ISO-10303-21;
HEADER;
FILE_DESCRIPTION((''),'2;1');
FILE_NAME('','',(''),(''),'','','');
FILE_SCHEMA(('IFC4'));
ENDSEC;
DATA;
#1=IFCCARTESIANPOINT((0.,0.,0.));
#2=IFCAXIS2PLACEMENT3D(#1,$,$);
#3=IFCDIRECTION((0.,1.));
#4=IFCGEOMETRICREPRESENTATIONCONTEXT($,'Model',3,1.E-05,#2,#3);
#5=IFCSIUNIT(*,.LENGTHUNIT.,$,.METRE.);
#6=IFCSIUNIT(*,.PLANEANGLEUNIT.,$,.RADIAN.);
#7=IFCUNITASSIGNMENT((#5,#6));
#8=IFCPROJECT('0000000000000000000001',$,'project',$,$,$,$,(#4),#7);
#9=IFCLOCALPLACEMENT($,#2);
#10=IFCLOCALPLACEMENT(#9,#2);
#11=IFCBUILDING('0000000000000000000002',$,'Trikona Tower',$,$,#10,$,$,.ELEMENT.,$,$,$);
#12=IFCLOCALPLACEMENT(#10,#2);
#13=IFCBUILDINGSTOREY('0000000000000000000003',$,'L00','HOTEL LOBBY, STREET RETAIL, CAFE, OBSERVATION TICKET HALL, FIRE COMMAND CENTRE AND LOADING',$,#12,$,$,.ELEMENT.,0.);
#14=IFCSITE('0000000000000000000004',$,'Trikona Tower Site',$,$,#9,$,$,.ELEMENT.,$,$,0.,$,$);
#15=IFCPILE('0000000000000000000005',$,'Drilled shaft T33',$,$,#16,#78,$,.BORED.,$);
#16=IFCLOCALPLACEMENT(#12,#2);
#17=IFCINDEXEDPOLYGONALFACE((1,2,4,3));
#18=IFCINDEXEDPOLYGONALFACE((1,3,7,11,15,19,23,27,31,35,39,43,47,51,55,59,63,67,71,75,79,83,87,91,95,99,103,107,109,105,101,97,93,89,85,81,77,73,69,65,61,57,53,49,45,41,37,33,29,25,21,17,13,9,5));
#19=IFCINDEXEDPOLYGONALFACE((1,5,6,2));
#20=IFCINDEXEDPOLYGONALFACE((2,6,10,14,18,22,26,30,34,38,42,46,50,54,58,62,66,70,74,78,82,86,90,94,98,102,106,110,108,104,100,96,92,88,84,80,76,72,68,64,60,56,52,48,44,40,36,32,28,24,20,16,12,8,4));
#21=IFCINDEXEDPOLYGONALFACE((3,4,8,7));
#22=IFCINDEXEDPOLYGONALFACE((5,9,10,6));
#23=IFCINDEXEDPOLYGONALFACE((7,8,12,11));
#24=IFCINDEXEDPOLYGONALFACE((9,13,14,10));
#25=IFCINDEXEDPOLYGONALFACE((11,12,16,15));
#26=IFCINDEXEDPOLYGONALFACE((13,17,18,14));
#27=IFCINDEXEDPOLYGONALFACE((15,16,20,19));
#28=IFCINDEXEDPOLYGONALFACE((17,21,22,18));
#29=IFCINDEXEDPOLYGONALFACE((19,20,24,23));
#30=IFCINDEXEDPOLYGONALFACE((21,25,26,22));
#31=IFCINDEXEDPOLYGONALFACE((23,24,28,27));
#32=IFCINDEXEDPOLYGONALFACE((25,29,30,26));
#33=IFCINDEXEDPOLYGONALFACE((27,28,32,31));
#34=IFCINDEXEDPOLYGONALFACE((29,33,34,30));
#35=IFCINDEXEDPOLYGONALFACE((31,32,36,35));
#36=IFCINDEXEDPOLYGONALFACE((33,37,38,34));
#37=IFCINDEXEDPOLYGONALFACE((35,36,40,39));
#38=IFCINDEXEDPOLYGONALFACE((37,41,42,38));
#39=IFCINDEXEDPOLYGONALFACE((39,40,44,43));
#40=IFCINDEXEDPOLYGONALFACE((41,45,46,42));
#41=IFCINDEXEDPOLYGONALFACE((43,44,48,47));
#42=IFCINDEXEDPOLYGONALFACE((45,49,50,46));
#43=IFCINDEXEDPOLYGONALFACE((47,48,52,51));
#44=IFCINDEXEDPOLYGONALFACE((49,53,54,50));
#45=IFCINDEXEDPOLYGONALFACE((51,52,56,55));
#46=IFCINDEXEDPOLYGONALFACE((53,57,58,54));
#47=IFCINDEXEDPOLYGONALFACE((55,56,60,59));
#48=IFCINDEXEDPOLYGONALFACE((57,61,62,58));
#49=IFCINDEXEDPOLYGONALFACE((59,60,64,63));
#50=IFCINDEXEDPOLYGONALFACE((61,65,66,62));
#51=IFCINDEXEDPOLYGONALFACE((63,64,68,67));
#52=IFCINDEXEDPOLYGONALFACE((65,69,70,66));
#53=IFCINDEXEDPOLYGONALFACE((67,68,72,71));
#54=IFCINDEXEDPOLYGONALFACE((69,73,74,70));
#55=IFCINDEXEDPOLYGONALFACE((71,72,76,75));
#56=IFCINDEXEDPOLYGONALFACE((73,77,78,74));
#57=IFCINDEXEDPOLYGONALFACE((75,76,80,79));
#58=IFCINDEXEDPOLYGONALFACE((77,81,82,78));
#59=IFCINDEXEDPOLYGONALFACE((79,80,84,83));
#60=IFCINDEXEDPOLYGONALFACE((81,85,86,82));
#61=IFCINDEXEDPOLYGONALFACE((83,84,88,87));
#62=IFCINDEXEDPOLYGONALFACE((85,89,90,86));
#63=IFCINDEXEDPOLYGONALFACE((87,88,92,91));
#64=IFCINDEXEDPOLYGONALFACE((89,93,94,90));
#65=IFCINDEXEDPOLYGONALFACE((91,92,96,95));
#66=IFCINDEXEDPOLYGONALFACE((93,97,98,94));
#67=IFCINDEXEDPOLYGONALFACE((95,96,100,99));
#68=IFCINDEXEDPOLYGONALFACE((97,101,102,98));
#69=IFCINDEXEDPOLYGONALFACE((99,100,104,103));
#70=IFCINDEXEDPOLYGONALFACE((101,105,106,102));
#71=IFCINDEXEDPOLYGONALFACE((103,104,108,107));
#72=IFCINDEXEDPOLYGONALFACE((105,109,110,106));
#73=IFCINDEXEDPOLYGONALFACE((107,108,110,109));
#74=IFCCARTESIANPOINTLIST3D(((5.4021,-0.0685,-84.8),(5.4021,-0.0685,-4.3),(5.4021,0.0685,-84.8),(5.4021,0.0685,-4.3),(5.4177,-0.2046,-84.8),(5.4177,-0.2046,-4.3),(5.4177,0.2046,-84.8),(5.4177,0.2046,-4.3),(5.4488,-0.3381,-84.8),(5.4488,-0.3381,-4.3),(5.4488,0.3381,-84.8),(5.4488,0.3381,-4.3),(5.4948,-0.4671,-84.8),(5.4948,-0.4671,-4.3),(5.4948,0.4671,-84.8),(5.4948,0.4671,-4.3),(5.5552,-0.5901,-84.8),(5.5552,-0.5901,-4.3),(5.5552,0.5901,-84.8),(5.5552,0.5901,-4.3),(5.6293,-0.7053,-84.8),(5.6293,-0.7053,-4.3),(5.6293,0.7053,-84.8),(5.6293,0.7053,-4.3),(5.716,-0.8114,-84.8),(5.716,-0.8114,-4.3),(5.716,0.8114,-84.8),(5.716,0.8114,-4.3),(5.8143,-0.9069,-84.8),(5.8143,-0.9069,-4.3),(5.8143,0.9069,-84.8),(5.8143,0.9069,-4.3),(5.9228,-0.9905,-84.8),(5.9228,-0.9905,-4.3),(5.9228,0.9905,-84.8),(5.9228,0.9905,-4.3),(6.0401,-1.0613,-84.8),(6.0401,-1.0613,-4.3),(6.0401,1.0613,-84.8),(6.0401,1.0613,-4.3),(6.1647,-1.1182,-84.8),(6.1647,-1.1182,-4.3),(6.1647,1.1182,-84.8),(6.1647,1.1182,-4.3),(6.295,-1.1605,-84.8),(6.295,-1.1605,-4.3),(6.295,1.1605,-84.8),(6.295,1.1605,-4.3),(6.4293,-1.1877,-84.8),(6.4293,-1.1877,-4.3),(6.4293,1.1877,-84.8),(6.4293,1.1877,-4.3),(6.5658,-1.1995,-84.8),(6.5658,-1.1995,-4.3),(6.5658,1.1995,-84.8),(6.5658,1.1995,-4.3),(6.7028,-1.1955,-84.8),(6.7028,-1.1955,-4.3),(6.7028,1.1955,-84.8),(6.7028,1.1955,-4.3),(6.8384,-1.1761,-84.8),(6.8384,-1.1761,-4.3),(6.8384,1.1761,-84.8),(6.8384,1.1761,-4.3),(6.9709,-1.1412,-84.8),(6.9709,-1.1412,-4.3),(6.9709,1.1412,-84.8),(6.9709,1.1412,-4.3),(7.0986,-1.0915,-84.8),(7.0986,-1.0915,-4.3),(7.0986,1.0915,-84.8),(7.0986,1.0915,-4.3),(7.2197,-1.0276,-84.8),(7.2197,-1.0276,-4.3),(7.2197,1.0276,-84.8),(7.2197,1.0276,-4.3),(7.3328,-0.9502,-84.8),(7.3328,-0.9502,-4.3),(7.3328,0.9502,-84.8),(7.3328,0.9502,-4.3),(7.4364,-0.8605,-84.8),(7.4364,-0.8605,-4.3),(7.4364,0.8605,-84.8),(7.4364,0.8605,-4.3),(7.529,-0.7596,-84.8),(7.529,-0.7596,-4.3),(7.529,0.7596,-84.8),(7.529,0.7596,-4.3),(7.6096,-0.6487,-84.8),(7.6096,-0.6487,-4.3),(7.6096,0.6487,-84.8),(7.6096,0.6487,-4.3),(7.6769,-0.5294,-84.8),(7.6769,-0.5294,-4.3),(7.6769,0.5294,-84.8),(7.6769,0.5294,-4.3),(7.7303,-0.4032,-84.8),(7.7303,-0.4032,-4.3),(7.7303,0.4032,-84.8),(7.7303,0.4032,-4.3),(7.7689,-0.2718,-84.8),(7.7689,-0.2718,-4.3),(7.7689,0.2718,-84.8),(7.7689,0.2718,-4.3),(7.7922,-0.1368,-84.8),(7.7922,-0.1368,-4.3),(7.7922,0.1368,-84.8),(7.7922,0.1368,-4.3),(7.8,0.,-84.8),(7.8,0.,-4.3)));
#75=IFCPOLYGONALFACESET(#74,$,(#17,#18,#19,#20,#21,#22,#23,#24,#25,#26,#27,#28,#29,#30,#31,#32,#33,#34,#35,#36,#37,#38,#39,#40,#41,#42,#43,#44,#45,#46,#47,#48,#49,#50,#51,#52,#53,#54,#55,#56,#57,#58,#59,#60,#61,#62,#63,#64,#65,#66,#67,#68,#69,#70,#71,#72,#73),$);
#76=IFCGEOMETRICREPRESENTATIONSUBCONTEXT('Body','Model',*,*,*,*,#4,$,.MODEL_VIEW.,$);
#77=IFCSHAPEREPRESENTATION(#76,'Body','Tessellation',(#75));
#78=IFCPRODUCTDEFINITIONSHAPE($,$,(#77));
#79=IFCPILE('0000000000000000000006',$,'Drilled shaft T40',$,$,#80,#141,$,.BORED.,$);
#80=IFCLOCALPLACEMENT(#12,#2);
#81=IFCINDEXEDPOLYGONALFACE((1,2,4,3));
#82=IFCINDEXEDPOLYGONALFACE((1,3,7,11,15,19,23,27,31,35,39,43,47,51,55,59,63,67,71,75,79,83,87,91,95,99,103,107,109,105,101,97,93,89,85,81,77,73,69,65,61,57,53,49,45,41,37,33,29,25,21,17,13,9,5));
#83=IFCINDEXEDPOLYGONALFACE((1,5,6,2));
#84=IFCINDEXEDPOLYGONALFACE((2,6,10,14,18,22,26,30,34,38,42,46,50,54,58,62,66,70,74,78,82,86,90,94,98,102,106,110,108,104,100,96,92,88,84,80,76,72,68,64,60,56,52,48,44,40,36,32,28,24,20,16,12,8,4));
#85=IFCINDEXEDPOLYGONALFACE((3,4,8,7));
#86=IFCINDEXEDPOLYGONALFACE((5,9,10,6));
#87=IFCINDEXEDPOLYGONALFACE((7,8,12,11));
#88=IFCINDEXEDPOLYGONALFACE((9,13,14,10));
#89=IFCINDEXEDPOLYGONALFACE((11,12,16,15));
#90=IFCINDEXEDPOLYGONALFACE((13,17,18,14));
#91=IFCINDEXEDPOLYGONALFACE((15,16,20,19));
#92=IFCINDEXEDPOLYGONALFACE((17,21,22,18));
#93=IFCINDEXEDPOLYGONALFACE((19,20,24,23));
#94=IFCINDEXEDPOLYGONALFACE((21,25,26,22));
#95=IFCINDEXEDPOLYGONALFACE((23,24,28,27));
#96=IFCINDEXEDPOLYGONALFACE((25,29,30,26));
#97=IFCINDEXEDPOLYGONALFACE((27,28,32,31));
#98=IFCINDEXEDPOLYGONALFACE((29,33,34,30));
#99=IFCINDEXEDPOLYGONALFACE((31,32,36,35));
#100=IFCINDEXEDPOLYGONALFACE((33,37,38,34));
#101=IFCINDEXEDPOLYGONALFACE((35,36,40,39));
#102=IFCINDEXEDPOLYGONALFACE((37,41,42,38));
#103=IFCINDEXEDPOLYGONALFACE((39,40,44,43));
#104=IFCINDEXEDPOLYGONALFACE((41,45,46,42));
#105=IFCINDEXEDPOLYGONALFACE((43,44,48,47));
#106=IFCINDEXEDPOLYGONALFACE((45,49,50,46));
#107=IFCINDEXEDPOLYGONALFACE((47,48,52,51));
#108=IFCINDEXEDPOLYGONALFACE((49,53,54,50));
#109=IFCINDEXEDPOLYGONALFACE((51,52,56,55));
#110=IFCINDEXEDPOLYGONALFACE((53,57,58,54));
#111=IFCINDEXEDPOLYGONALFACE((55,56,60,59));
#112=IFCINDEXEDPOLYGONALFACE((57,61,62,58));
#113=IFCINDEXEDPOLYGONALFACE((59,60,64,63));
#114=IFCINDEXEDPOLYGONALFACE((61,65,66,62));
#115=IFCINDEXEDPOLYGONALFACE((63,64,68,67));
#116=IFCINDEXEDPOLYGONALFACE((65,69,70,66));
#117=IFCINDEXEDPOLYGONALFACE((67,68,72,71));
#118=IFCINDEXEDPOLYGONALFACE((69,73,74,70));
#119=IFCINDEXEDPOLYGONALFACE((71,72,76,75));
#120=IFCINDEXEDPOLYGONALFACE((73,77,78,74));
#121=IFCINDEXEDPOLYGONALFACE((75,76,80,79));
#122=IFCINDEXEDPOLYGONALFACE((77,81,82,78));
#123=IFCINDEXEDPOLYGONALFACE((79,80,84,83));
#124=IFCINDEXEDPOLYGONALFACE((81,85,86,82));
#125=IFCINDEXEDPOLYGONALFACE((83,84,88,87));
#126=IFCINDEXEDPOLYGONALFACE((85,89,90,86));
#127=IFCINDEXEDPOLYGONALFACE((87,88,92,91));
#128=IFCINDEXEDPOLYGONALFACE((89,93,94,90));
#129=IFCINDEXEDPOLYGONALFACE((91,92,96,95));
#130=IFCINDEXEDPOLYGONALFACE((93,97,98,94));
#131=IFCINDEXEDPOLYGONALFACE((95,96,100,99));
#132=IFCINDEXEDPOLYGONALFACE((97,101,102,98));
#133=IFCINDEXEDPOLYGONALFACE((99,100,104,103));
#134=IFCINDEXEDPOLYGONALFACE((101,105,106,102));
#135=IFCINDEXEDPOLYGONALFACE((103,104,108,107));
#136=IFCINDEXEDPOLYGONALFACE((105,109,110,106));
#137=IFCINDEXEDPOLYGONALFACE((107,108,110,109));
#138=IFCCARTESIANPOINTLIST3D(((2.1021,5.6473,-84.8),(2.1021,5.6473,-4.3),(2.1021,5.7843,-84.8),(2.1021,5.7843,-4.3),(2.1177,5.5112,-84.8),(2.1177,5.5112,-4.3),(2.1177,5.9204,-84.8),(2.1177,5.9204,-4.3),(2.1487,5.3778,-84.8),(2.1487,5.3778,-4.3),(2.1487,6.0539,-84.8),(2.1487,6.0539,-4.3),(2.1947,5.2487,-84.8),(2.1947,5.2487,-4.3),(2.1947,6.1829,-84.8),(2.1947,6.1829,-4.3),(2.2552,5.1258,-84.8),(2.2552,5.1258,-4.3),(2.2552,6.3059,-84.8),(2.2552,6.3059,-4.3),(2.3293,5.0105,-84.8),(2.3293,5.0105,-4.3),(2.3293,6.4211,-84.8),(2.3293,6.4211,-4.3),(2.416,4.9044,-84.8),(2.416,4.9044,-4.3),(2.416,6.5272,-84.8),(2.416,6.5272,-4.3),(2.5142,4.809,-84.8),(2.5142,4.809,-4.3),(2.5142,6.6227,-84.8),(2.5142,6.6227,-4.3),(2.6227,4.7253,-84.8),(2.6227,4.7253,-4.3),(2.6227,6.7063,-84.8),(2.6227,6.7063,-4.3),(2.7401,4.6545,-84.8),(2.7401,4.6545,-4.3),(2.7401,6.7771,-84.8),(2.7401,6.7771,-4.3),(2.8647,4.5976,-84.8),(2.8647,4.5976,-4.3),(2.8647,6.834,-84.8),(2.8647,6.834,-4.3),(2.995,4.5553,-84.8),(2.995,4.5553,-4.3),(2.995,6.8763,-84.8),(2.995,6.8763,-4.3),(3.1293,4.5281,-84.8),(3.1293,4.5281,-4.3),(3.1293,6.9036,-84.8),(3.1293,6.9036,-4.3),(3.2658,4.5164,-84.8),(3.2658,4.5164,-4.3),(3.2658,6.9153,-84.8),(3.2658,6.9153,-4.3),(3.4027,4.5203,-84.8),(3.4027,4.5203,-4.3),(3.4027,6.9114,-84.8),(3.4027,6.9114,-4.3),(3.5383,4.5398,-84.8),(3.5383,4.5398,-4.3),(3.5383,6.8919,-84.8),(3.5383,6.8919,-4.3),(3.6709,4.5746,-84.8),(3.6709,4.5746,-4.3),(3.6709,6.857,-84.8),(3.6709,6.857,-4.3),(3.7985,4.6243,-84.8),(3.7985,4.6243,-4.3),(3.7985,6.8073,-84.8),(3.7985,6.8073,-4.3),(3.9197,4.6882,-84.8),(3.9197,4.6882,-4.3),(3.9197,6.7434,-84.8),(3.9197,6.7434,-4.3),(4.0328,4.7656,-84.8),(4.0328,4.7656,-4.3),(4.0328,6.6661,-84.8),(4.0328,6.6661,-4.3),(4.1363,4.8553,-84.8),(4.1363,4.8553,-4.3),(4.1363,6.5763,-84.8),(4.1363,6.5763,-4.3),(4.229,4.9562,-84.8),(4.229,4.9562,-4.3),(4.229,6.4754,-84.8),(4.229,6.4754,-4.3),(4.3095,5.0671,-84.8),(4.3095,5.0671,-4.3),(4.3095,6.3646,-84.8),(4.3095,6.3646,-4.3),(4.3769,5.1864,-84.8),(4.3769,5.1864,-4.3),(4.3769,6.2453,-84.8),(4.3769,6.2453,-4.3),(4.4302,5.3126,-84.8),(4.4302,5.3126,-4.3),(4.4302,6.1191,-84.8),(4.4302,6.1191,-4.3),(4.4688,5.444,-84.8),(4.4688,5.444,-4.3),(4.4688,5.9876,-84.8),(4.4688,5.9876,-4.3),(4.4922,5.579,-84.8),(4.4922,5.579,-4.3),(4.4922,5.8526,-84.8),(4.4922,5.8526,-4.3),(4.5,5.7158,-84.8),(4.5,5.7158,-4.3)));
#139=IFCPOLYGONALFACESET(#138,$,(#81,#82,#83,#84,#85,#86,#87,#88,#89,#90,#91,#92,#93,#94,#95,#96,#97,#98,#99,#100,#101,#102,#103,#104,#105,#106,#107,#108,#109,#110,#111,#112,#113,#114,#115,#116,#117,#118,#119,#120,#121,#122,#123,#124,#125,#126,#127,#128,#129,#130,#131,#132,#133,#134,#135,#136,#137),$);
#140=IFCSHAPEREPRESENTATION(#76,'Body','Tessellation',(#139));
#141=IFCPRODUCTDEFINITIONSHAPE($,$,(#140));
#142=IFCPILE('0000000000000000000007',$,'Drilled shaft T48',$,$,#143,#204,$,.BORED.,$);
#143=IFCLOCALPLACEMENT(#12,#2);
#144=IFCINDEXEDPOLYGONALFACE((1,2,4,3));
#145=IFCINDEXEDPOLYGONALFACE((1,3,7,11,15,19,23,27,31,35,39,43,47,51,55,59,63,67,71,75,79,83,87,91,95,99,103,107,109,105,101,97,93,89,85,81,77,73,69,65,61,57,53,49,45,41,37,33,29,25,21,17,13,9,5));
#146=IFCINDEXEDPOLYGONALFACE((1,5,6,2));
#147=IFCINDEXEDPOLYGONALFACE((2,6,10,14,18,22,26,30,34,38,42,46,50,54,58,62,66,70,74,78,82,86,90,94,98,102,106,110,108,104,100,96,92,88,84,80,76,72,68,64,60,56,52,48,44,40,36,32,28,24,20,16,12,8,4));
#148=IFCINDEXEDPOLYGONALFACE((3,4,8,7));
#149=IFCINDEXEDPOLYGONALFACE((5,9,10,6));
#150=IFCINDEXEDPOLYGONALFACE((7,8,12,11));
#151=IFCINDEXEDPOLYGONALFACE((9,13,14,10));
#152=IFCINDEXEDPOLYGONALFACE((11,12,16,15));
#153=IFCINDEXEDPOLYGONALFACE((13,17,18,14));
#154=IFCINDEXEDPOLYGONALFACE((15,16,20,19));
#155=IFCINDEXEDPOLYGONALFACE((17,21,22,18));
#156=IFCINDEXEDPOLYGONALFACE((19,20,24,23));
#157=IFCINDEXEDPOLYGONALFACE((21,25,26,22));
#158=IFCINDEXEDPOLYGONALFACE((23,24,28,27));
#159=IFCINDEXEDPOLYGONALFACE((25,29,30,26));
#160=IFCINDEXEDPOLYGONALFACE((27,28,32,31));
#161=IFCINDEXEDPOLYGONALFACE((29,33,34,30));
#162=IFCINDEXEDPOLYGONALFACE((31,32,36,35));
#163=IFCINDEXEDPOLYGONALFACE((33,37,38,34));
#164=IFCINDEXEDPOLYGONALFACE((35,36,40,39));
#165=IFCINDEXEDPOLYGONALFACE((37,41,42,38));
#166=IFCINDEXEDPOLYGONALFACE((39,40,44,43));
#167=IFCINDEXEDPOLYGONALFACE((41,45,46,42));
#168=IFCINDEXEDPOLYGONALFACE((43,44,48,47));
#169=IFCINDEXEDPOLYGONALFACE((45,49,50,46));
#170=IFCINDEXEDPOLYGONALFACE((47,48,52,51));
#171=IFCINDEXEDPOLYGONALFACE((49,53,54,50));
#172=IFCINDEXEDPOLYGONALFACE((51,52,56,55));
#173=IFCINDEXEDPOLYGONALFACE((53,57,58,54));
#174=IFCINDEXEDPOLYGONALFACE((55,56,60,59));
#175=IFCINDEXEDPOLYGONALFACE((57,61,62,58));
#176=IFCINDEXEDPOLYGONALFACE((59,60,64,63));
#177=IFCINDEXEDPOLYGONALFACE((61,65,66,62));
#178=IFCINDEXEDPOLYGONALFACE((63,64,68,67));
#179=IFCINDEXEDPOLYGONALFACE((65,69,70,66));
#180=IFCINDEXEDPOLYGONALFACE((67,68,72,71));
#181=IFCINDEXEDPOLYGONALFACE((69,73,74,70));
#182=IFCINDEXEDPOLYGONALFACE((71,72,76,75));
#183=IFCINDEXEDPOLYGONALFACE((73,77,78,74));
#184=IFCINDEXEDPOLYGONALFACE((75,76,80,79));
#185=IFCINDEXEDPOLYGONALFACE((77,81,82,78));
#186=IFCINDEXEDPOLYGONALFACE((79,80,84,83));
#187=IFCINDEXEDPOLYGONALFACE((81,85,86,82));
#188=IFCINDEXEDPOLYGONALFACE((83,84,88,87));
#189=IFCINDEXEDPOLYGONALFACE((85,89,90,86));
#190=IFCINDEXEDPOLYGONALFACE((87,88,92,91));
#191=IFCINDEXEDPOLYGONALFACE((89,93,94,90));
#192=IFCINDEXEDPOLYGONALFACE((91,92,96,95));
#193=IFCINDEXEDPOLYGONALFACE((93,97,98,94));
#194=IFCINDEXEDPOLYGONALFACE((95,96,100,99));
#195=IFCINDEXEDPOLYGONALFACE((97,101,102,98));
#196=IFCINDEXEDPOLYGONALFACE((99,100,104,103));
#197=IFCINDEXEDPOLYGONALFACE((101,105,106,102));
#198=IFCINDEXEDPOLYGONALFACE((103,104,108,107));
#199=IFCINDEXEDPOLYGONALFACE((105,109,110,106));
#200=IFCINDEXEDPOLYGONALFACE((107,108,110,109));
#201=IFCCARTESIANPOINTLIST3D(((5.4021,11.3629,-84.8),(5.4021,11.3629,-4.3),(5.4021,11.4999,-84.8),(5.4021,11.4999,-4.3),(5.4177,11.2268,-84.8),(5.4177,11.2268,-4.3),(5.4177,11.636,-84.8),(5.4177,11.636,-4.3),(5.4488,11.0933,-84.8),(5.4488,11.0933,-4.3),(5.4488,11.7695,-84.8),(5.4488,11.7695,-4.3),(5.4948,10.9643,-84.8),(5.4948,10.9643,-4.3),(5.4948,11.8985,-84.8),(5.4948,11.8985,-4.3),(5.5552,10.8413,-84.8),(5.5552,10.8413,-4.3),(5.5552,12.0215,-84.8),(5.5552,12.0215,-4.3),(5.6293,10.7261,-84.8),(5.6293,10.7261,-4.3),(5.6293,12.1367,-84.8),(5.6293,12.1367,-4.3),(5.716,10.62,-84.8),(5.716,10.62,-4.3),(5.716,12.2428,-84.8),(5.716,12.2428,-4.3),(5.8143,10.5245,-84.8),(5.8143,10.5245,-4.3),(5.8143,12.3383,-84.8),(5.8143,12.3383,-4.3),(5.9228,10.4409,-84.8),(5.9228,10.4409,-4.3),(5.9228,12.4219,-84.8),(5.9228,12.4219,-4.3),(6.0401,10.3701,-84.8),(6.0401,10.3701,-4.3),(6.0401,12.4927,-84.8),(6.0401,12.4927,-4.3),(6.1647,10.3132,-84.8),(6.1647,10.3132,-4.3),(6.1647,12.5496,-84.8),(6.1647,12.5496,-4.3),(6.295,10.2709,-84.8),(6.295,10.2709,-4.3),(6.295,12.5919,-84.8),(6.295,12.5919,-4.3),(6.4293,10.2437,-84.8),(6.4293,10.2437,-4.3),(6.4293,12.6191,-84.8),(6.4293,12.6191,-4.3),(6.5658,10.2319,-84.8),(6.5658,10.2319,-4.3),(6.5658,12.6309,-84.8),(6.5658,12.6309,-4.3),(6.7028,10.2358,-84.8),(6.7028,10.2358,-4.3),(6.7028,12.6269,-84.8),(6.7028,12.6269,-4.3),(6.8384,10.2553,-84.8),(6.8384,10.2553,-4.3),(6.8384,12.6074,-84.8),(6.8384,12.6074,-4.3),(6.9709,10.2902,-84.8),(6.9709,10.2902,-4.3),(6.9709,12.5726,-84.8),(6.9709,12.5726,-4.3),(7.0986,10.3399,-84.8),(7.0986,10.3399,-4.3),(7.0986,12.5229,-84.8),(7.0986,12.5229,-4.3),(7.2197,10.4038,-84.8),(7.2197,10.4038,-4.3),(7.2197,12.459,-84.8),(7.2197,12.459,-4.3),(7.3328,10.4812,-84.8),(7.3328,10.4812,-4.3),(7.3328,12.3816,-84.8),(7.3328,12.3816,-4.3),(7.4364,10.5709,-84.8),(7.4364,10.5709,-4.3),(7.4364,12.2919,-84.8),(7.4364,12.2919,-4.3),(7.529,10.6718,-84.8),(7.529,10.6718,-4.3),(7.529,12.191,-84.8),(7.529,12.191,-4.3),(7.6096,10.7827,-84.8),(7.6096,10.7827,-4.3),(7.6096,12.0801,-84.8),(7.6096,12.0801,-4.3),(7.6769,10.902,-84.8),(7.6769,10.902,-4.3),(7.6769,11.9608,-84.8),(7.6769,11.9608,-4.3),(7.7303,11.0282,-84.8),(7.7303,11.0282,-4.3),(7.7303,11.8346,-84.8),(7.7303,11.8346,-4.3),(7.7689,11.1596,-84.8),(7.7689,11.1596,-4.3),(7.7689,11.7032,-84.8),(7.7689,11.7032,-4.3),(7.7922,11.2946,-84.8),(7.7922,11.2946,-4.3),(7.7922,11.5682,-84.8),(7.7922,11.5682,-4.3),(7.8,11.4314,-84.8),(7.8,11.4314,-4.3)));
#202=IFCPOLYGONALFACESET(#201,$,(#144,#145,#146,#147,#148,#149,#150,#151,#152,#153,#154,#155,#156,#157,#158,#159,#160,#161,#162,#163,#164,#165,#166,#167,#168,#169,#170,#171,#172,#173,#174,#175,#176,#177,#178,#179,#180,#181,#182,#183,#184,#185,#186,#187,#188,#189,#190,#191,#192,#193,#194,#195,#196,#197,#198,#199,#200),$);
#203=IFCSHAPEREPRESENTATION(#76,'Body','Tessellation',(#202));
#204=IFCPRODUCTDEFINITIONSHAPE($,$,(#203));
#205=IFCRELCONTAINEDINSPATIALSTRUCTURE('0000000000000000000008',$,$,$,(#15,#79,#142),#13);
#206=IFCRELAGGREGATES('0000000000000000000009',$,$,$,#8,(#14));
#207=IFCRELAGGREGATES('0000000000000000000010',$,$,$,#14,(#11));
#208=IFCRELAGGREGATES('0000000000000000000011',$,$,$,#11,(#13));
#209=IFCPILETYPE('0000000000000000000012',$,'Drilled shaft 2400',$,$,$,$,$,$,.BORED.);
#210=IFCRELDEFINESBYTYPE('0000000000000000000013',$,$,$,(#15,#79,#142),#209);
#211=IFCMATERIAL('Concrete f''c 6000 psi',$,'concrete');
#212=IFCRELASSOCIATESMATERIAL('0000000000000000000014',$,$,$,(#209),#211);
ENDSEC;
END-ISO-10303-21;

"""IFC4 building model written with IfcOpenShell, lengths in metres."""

from ifc_helpers import new_model, si_unit, direction, frame, origin, origin_2d, place, context, subcontext, project, spatial, circle, extrude, material, type_object, element, save


model = new_model("IFC4")

# Units and contexts
model_context = context("Model", 3, precision=1e-05, world=origin(), true_north=direction((0.0, 1.0)))
body_context = subcontext(model_context, "Body", "Model", "MODEL_VIEW")
ifc_project = project(units=[si_unit("LENGTHUNIT", "METRE"), si_unit("PLANEANGLEUNIT", "RADIAN")], contexts=[model_context])

# Site, building, storey
site_placement = place(None, origin())
site = spatial("IfcSite", under=ifc_project, at=site_placement, Name="Trikona Tower Site", CompositionType="ELEMENT", RefElevation=0.0)
building_placement = place(site_placement, origin())
building = spatial("IfcBuilding", under=site, at=building_placement, Name="Trikona Tower", CompositionType="ELEMENT")
storey_placement = place(building_placement, origin())
storey = spatial("IfcBuildingStorey", under=building, at=storey_placement, Name="L00", Description="HOTEL LOBBY, STREET RETAIL, CAFE, OBSERVATION TICKET HALL, FIRE COMMAND CENTRE AND LOADING", CompositionType="ELEMENT", Elevation=0.0)

# Piles
ifc_material_1 = material(Name="Concrete f'c 6000 psi", Category="concrete")
pile_type = type_object("IfcPileType", Name="Drilled shaft 2400", PredefinedType="BORED", material=ifc_material_1)
for number, where, z_axis, x_axis, name in (
    (1, (6.6001, 0.0, -4.3), (0.0, 0.0, -1.0), (1.0, 0.0, 0.0), "Drilled shaft T33"),
    (2, (3.3, 5.7158, -4.3), (0.0, 0.0, -1.0), (1.0, 0.0, 0.0), "Drilled shaft T40"),
    (3, (6.6001, 11.4314, -4.3), (0.0, 0.0, -1.0), (1.0, 0.0, 0.0), "Drilled shaft T48"),
):
    element("IfcPile", number, at=place(storey_placement, frame(where, z_axis=z_axis, x_axis=x_axis)), inside=storey, type_object=pile_type, Name=name, PredefinedType="BORED", context=body_context, shape_type="SweptSolid", body=[
        extrude(circle(Radius=1.2, at=origin_2d()), origin(), (0.0, 0.0, 1.0), 80.5),
    ])

save(model, "model.ifc")
